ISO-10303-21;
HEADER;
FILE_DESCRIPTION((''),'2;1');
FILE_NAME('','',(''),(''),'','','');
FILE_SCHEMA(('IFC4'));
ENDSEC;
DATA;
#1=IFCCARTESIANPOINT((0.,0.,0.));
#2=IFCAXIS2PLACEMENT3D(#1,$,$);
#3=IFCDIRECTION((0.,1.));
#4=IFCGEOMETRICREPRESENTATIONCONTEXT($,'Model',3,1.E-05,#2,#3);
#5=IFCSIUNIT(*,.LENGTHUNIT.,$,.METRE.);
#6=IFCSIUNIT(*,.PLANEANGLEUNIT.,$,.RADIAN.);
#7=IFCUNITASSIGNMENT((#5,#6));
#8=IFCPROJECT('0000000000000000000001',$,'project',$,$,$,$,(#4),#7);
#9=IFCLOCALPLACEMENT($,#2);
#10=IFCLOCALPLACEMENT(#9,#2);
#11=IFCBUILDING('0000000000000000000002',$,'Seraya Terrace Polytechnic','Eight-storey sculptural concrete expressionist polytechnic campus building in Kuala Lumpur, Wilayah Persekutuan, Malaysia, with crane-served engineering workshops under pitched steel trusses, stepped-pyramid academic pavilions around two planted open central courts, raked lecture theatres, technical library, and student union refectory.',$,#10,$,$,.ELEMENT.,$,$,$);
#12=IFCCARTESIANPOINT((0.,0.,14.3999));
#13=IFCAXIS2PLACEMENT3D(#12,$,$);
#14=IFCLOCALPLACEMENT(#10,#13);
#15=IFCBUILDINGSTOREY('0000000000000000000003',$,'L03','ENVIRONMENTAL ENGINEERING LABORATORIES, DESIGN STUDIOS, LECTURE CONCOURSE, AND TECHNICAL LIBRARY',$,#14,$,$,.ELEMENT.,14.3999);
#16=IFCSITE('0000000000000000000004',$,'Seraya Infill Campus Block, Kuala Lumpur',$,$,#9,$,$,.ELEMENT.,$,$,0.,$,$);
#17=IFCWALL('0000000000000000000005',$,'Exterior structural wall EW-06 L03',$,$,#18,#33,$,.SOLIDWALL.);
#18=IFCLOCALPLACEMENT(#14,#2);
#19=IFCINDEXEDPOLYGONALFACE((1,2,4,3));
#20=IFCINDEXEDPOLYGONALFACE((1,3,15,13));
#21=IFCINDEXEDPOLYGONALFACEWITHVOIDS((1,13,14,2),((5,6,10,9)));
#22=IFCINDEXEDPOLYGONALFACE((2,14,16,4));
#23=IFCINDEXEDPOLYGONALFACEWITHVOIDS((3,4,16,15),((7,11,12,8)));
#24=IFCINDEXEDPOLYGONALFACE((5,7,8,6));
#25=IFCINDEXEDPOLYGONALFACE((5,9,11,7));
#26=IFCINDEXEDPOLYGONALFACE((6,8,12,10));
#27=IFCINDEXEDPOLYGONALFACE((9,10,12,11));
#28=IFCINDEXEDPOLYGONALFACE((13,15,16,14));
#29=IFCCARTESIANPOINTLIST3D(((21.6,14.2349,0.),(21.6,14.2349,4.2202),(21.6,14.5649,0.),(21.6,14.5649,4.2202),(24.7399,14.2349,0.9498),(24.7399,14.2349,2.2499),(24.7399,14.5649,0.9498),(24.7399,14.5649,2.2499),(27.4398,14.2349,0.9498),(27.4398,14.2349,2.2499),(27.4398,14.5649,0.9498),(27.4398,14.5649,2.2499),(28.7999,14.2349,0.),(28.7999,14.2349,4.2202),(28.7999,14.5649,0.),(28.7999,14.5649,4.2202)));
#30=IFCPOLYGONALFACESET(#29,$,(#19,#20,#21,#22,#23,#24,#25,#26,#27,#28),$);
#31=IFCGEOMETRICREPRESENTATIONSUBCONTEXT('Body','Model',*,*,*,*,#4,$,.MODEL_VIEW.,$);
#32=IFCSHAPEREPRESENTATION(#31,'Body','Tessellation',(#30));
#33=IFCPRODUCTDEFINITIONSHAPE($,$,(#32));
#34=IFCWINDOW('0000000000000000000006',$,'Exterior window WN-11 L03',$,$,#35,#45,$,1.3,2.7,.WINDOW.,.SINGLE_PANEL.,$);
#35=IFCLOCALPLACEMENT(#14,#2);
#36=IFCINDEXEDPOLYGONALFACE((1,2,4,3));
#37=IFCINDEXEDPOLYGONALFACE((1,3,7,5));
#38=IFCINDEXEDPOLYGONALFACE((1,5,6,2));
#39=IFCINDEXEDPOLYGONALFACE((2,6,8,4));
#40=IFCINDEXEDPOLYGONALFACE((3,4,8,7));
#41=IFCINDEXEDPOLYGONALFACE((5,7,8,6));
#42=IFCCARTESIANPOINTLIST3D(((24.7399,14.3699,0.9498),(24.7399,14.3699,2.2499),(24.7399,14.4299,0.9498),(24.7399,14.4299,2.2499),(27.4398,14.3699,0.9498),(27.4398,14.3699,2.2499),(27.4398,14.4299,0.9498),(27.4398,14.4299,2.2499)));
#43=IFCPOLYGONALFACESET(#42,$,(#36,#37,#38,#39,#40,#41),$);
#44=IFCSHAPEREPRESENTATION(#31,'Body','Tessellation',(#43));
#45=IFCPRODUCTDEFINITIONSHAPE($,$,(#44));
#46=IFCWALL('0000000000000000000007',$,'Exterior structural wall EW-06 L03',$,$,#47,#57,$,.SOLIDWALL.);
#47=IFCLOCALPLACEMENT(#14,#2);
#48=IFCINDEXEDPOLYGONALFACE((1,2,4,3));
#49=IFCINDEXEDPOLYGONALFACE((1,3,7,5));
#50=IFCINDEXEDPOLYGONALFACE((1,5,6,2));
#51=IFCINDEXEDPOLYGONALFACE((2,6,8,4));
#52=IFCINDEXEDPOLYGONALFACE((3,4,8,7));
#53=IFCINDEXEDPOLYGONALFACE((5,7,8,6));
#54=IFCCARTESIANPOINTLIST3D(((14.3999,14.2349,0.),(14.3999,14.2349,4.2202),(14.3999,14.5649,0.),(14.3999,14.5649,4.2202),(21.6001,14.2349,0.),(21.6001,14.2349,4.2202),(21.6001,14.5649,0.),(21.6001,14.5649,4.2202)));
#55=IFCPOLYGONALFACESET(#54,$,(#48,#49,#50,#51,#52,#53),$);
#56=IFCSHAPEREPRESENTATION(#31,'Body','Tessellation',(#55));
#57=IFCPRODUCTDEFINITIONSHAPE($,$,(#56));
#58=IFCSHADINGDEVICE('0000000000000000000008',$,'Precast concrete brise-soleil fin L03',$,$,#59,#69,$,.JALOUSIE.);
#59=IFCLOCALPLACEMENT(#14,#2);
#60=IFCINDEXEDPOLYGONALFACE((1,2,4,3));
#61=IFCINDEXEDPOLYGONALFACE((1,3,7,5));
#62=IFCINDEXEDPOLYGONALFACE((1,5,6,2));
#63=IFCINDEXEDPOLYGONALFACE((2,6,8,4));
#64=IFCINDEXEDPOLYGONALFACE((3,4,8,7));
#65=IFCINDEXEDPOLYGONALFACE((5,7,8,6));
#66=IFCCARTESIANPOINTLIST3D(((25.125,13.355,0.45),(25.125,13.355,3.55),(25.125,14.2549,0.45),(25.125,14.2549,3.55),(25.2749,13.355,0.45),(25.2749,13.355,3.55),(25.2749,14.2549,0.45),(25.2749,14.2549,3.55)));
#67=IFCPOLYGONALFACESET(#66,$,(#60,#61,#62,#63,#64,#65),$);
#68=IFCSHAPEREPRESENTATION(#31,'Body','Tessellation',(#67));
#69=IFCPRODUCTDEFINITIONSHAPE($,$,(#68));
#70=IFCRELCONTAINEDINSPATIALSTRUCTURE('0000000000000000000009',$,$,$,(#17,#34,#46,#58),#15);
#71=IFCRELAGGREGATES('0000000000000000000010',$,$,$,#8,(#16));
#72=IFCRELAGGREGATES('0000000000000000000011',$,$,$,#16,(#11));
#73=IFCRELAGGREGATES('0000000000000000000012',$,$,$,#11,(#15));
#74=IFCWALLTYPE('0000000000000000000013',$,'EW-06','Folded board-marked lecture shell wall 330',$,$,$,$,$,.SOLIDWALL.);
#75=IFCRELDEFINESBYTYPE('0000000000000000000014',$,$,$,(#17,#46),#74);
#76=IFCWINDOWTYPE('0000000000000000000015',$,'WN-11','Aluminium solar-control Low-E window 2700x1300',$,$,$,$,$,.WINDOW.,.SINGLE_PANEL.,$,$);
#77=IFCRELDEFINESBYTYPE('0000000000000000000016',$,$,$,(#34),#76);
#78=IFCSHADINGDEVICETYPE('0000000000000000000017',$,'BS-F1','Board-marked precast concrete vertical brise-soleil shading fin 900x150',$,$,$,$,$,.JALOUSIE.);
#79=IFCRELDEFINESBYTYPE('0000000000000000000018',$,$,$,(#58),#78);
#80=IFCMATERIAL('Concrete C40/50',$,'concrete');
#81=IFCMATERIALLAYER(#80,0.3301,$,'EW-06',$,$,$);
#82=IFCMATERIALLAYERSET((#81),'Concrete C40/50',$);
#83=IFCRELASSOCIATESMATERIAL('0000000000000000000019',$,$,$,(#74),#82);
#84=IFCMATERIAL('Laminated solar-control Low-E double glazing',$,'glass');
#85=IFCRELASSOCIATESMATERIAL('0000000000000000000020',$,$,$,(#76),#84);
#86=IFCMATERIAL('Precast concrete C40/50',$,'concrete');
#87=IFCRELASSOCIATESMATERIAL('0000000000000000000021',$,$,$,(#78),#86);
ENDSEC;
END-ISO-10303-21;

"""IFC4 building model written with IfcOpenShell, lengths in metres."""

from ifc_helpers import new_model, si_unit, direction, frame, frame_2d, origin, origin_2d, place, context, subcontext, project, spatial, rectangle, extrude, material, layer, layer_set, type_object, element, fill, save


model = new_model("IFC4")

# Units and contexts
model_context = context("Model", 3, precision=1e-05, world=origin(), true_north=direction((0.0, 1.0)))
body_context = subcontext(model_context, "Body", "Model", "MODEL_VIEW")
ifc_project = project(units=[si_unit("LENGTHUNIT", "METRE"), si_unit("PLANEANGLEUNIT", "RADIAN")], contexts=[model_context])

# Site, building, storey
site_placement = place(None, origin())
site = spatial("IfcSite", under=ifc_project, at=site_placement, Name="Seraya Infill Campus Block, Kuala Lumpur", CompositionType="ELEMENT", RefElevation=0.0)
building_placement = place(site_placement, origin())
building = spatial("IfcBuilding", under=site, at=building_placement, Name="Seraya Terrace Polytechnic", Description="Eight-storey sculptural concrete expressionist polytechnic campus building in Kuala Lumpur, Wilayah Persekutuan, Malaysia, with crane-served engineering workshops under pitched steel trusses, stepped-pyramid academic pavilions around two planted open central courts, raked lecture theatres, technical library, and student union refectory.", CompositionType="ELEMENT")
storey_placement = place(building_placement, frame((0.0, 0.0, 14.3999)))
storey = spatial("IfcBuildingStorey", under=building, at=storey_placement, Name="L03", Description="ENVIRONMENTAL ENGINEERING LABORATORIES, DESIGN STUDIOS, LECTURE CONCOURSE, AND TECHNICAL LIBRARY", CompositionType="ELEMENT", Elevation=14.3999)

# Shared definitions
ifc_material_1 = material(Name="Concrete C40/50", Category="concrete")

# Wall, opening, window
ifc_layer = layer(ifc_material_1, 0.3301, Name="EW-06")
ifc_layer_set = layer_set([ifc_layer], Name="Concrete C40/50")
wall_type = type_object("IfcWallType", Name="EW-06", Description="Folded board-marked lecture shell wall 330", PredefinedType="SOLIDWALL", material=ifc_layer_set)
wall_1_placement = place(storey_placement, frame((28.8, 14.3999, 0.0), z_axis=(0.0, 0.0, 1.0), x_axis=(-1.0, 0.0, 0.0)))
wall_1 = element("IfcWall", 1, at=wall_1_placement, inside=storey, type_object=wall_type, Name="Exterior structural wall EW-06 L03", PredefinedType="SOLIDWALL", context=body_context, shape_type="SweptSolid", body=[
    extrude(rectangle(XDim=7.2, YDim=0.3301, at=frame_2d((3.6001, 0.0))), origin(), (0.0, 0.0, 1.0), 4.2202),
])
opening_placement = place(wall_1_placement, frame((1.3601, 0.0, 0.95)))
opening = element("IfcOpeningElement", 2, at=opening_placement, cuts=wall_1, PredefinedType="OPENING", context=body_context, shape_type="SweptSolid", body=[
    extrude(rectangle(XDim=2.7, YDim=1.3, at=frame_2d((1.3501, 0.6499))), frame((0.0, 0.177, 0.0), z_axis=(0.0, -1.0, 0.0), x_axis=(1.0, 0.0, 0.0)), (0.0, 0.0, 1.0), 0.354),
])
ifc_material_2 = material(Name="Laminated solar-control Low-E double glazing", Category="glass")
window_type = type_object("IfcWindowType", Name="WN-11", Description="Aluminium solar-control Low-E window 2700x1300", PartitioningType="SINGLE_PANEL", PredefinedType="WINDOW", material=ifc_material_2)
window_placement = place(opening_placement, origin())
window = element("IfcWindow", 3, at=window_placement, inside=storey, type_object=window_type, Name="Exterior window WN-11 L03", OverallHeight=1.3, OverallWidth=2.7, PartitioningType="SINGLE_PANEL", PredefinedType="WINDOW", context=body_context, shape_type="SweptSolid", body=[
    extrude(rectangle(XDim=2.7, YDim=1.3, at=frame_2d((1.3501, 0.6499))), frame((0.0, 0.03, 0.0), z_axis=(0.0, -1.0, 0.0), x_axis=(1.0, 0.0, 0.0)), (0.0, 0.0, 1.0), 0.0601),
])
fill(opening, window)

# Wall
wall_2_placement = place(storey_placement, frame((21.6001, 14.3999, 0.0), z_axis=(0.0, 0.0, 1.0), x_axis=(-1.0, 0.0, 0.0)))
element("IfcWall", 4, at=wall_2_placement, inside=storey, type_object=wall_type, Name="Exterior structural wall EW-06 L03", PredefinedType="SOLIDWALL", context=body_context, shape_type="SweptSolid", body=[
    extrude(rectangle(XDim=7.2002, YDim=0.3301, at=frame_2d((3.6001, 0.0))), origin(), (0.0, 0.0, 1.0), 4.2202),
])

# Shading device
ifc_material_3 = material(Name="Precast concrete C40/50", Category="concrete")
shading_device_type = type_object("IfcShadingDeviceType", Name="BS-F1", Description="Board-marked precast concrete vertical brise-soleil shading fin 900x150", PredefinedType="JALOUSIE", material=ifc_material_3)
shading_device_placement = place(storey_placement, frame((25.2, 13.8049, 0.45), z_axis=(0.0, 0.0, 1.0), x_axis=(0.0, -1.0, 0.0)))
element("IfcShadingDevice", 5, at=shading_device_placement, inside=storey, type_object=shading_device_type, Name="Precast concrete brise-soleil fin L03", PredefinedType="JALOUSIE", context=body_context, shape_type="SweptSolid", body=[
    extrude(rectangle(XDim=0.8999, YDim=0.1499, at=origin_2d()), origin(), (0.0, 0.0, 1.0), 3.1001),
])

save(model, "model.ifc")
